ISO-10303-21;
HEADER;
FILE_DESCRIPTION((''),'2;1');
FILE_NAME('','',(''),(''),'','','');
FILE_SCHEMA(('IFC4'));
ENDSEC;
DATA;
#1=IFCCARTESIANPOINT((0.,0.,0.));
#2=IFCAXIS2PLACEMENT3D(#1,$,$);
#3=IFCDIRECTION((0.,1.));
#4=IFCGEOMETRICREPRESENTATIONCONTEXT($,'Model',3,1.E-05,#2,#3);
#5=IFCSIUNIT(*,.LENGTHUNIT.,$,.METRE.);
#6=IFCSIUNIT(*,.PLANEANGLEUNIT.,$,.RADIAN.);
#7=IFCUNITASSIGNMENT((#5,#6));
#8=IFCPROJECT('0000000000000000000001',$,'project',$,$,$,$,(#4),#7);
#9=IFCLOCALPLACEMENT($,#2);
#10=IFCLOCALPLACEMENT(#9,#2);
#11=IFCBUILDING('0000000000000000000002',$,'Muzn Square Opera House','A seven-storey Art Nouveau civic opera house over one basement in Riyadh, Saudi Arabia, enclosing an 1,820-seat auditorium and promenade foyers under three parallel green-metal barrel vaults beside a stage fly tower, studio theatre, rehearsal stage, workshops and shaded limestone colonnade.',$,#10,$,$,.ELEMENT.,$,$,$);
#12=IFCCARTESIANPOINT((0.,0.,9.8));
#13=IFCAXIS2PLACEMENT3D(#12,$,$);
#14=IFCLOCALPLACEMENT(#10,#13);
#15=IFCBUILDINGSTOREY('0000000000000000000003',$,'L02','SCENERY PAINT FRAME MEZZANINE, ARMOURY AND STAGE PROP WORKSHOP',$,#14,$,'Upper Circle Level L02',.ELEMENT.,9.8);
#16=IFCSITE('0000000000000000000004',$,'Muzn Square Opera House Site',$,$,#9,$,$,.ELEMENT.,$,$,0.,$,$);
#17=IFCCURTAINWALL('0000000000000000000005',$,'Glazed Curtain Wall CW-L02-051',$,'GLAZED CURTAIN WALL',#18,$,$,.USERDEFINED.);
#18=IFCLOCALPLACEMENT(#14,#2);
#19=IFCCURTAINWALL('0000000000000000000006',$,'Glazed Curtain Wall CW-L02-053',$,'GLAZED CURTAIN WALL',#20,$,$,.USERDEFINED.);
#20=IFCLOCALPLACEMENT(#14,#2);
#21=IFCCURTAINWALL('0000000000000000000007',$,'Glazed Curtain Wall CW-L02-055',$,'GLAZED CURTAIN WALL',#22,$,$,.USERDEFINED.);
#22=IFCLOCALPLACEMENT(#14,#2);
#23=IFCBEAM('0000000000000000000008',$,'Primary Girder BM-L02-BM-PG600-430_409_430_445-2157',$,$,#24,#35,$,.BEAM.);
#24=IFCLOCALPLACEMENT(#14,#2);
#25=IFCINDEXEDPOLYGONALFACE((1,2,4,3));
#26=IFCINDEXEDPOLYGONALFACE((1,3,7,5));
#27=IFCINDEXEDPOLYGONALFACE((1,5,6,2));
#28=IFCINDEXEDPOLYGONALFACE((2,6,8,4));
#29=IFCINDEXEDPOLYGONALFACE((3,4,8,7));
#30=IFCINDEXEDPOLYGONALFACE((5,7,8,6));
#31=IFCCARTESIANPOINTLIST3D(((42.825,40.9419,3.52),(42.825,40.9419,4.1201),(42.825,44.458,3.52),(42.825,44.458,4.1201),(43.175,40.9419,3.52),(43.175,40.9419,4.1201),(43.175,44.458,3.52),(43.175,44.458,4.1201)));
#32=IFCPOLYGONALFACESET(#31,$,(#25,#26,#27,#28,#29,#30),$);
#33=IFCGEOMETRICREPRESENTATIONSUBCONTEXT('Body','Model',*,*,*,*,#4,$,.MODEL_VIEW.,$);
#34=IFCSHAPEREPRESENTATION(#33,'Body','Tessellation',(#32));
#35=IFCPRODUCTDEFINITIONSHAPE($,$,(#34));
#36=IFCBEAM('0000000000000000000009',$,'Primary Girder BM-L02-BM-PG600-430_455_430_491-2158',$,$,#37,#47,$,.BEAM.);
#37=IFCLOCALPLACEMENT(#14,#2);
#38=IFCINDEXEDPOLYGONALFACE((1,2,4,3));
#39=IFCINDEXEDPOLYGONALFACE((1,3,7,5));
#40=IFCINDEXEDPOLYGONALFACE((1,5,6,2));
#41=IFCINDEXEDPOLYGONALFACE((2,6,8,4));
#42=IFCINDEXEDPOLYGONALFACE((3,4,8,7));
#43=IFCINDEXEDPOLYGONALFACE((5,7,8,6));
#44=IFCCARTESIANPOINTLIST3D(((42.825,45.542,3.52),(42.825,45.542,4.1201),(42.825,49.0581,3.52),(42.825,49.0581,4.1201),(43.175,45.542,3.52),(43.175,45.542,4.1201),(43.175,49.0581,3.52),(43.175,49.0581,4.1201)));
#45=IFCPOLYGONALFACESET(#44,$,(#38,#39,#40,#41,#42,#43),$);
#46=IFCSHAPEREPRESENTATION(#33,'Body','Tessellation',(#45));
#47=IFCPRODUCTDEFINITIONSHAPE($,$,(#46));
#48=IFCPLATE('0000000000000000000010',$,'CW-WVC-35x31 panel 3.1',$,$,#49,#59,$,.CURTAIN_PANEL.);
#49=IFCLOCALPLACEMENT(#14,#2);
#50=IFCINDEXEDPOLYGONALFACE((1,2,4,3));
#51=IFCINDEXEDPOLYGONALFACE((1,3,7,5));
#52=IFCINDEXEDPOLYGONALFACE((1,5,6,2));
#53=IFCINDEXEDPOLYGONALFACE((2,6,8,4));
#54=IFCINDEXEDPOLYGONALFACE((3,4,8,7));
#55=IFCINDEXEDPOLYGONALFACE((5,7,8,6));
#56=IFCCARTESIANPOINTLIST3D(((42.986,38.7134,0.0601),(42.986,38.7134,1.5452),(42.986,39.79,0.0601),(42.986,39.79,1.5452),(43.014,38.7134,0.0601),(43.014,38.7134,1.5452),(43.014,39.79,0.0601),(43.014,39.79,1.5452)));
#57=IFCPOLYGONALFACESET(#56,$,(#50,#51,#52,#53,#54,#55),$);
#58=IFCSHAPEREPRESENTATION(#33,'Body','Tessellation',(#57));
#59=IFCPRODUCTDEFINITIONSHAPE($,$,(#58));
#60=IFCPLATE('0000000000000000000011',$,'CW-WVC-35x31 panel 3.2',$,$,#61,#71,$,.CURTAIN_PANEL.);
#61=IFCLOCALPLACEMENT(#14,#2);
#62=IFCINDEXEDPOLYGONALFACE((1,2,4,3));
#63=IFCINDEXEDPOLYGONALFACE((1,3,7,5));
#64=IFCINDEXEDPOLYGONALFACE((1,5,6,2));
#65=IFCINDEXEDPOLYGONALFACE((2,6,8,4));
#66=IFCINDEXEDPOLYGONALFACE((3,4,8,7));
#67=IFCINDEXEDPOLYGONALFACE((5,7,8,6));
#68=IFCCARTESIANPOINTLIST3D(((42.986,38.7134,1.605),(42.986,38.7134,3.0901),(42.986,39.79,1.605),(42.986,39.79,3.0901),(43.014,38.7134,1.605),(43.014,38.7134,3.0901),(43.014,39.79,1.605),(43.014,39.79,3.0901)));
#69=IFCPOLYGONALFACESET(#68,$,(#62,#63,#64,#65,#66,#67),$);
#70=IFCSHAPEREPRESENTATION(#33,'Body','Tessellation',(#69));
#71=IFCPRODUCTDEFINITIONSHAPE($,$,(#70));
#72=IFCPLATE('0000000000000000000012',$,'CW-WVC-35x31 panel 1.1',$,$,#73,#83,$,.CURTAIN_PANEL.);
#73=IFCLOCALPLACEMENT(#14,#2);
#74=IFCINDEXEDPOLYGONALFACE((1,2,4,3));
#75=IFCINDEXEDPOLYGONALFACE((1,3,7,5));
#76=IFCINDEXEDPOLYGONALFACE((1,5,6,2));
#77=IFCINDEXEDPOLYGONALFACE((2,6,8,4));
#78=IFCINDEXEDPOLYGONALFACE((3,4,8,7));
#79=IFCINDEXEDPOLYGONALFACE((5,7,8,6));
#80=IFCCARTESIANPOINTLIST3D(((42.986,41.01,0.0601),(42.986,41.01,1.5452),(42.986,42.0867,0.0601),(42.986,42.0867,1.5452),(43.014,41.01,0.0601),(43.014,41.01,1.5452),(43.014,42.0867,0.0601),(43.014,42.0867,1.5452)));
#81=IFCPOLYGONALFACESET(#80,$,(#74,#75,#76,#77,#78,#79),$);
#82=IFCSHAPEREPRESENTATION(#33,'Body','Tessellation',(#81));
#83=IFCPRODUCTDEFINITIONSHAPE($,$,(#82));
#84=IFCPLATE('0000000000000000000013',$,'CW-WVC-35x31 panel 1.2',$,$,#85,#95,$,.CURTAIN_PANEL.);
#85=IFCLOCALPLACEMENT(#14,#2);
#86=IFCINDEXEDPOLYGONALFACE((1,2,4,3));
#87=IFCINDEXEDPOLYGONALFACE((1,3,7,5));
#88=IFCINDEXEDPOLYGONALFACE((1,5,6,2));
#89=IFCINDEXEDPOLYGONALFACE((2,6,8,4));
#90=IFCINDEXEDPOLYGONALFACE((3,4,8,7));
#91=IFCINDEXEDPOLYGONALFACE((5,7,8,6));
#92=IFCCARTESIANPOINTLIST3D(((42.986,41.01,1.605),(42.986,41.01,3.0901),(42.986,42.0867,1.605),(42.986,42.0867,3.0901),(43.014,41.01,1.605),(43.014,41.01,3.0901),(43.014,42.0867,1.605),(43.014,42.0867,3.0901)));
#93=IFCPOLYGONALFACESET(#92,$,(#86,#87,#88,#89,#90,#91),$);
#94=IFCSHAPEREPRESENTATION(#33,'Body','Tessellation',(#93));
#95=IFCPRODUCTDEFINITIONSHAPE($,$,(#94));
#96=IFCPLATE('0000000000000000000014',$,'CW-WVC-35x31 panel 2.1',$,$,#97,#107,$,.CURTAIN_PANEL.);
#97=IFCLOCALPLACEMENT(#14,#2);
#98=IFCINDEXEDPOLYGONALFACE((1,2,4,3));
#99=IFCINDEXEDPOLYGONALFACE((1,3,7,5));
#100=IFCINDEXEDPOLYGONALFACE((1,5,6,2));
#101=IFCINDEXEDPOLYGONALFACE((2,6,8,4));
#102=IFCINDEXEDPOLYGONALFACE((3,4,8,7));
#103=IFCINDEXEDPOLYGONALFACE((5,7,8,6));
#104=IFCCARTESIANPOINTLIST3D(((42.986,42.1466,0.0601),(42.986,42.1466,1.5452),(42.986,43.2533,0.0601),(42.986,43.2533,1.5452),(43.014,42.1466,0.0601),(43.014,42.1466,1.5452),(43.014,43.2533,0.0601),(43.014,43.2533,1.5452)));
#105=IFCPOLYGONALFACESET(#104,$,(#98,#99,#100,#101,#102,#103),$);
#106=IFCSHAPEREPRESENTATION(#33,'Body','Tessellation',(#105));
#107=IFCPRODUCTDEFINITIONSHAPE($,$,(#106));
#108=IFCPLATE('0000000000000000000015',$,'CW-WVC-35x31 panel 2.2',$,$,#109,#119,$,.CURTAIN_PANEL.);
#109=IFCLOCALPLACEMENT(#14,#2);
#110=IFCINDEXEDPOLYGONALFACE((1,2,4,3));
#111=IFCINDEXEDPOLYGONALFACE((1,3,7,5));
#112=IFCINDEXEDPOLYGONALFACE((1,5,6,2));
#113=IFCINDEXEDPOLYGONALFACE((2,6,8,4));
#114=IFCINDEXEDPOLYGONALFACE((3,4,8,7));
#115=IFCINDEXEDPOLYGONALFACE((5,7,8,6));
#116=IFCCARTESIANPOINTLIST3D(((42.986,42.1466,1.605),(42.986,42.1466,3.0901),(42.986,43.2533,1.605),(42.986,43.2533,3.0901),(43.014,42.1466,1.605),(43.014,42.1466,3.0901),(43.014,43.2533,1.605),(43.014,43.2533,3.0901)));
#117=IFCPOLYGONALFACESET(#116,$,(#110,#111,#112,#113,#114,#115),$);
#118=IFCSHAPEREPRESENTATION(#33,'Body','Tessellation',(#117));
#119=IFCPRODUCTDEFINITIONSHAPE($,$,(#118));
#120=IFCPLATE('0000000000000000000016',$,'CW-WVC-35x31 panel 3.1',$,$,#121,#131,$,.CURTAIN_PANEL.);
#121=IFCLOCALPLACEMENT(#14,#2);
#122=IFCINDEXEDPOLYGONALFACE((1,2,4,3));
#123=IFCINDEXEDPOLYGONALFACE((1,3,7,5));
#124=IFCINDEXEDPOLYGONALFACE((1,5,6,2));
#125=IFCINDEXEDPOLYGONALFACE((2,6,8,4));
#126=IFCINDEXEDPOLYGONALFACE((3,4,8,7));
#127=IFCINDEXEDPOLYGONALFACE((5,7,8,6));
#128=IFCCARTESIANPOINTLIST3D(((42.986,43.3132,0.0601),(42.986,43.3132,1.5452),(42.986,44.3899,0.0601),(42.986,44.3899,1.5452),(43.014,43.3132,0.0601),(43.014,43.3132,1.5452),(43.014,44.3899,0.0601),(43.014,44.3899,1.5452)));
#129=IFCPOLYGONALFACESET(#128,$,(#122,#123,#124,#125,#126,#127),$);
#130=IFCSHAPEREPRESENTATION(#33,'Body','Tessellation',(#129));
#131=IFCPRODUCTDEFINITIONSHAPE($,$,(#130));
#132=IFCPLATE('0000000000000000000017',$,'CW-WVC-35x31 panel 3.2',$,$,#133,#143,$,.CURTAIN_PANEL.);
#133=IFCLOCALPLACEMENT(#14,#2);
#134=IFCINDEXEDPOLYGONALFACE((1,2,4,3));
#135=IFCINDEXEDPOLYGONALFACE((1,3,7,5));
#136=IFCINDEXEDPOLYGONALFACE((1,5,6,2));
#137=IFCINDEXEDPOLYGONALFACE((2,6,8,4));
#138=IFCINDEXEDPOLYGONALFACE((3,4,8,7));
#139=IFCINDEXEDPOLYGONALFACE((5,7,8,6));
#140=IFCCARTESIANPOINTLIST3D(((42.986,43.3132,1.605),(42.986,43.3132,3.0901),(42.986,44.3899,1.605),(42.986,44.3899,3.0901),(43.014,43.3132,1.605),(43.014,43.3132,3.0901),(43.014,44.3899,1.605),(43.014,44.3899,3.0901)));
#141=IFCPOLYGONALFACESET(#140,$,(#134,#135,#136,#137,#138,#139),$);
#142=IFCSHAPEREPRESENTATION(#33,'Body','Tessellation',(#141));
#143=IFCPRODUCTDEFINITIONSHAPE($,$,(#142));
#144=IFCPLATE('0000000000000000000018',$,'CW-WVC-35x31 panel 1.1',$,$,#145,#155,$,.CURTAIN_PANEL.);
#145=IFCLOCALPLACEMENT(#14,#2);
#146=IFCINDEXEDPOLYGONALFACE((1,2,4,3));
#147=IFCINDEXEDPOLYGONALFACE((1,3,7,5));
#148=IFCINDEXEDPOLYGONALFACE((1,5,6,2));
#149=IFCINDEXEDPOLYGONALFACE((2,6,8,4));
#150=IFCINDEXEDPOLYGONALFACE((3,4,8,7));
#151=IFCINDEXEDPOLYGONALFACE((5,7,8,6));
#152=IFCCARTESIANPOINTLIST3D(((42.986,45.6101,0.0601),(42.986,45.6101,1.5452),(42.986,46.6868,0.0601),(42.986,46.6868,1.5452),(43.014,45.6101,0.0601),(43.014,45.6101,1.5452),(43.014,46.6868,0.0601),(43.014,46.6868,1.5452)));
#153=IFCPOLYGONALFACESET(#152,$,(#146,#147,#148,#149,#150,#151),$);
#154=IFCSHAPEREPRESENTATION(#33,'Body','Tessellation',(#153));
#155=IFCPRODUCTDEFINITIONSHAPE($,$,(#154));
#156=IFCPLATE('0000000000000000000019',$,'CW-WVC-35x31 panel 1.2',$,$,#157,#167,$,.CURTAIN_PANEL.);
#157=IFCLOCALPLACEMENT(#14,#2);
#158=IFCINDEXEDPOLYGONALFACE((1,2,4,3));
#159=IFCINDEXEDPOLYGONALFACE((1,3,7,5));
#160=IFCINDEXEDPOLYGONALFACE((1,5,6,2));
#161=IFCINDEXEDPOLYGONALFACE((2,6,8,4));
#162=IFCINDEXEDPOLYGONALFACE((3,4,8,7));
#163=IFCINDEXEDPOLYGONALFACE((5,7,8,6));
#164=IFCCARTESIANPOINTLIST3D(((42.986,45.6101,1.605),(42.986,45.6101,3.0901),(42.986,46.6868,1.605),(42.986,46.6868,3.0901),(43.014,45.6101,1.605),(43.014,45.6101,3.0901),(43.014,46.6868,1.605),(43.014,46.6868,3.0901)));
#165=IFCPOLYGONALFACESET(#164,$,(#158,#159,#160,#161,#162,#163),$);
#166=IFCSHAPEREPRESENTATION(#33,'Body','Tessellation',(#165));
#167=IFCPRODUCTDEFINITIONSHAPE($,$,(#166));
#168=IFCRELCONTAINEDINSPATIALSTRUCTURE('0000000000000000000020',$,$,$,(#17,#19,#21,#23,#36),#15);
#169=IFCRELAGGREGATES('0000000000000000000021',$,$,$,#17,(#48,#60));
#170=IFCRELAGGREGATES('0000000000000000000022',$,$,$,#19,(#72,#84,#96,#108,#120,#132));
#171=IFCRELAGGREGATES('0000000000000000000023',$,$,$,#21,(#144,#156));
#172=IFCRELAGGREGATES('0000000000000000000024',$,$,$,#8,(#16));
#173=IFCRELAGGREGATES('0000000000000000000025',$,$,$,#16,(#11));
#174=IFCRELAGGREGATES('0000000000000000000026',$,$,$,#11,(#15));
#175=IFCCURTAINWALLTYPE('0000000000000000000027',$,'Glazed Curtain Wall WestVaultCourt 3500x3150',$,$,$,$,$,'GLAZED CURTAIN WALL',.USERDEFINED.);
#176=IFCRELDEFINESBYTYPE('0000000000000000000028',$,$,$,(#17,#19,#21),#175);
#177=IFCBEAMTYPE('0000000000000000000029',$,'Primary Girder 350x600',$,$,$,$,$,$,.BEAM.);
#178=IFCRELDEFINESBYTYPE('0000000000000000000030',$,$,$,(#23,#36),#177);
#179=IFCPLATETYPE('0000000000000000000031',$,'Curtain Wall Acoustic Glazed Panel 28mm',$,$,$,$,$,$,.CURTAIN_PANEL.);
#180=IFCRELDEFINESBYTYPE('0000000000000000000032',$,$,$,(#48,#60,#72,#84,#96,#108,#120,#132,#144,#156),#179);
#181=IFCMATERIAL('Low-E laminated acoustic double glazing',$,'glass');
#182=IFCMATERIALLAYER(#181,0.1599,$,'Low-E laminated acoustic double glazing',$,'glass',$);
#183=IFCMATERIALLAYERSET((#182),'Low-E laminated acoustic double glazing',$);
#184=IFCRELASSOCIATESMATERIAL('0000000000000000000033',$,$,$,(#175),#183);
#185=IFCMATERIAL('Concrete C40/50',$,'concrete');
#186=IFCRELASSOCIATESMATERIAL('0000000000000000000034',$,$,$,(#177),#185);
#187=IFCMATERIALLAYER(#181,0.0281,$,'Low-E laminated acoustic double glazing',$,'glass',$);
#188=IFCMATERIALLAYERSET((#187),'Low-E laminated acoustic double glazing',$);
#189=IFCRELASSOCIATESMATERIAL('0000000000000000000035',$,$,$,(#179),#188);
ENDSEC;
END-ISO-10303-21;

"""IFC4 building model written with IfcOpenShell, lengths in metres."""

from ifc_helpers import new_model, si_unit, direction, frame, origin, origin_2d, place, context, subcontext, project, spatial, rectangle, extrude, material, layer, layer_set, material_profile, profile_set, type_object, element, aggregate, save


model = new_model("IFC4")

# Units and contexts
model_context = context("Model", 3, precision=1e-05, world=origin(), true_north=direction((0.0, 1.0)))
body_context = subcontext(model_context, "Body", "Model", "MODEL_VIEW")
ifc_project = project(units=[si_unit("LENGTHUNIT", "METRE"), si_unit("PLANEANGLEUNIT", "RADIAN")], contexts=[model_context])

# Site, building, storey
site_placement = place(None, origin())
site = spatial("IfcSite", under=ifc_project, at=site_placement, Name="Muzn Square Opera House Site", CompositionType="ELEMENT", RefElevation=0.0)
building_placement = place(site_placement, origin())
building = spatial("IfcBuilding", under=site, at=building_placement, Name="Muzn Square Opera House", Description="A seven-storey Art Nouveau civic opera house over one basement in Riyadh, Saudi Arabia, enclosing an 1,820-seat auditorium and promenade foyers under three parallel green-metal barrel vaults beside a stage fly tower, studio theatre, rehearsal stage, workshops and shaded limestone colonnade.", CompositionType="ELEMENT")
storey_placement = place(building_placement, frame((0.0, 0.0, 9.8)))
storey = spatial("IfcBuildingStorey", under=building, at=storey_placement, Name="L02", Description="SCENERY PAINT FRAME MEZZANINE, ARMOURY AND STAGE PROP WORKSHOP", LongName="Upper Circle Level L02", CompositionType="ELEMENT", Elevation=9.8)

# Curtain wall
ifc_material_1 = material(Name="Low-E laminated acoustic double glazing", Category="glass")
ifc_layer_1 = layer(ifc_material_1, 0.1599, Name="Low-E laminated acoustic double glazing", Category="glass")
ifc_layer_set_1 = layer_set([ifc_layer_1], Name="Low-E laminated acoustic double glazing")
curtain_wall_type = type_object("IfcCurtainWallType", Name="Glazed Curtain Wall WestVaultCourt 3500x3150", ElementType="GLAZED CURTAIN WALL", PredefinedType="USERDEFINED", material=ifc_layer_set_1)
curtain_wall_1_placement = place(storey_placement, origin())
curtain_wall_1 = element("IfcCurtainWall", 1, at=curtain_wall_1_placement, inside=storey, type_object=curtain_wall_type, Name="Glazed Curtain Wall CW-L02-051", ObjectType="GLAZED CURTAIN WALL", PredefinedType="USERDEFINED")

# Curtain walls
curtain_wall_2_placement = place(storey_placement, origin())
curtain_wall_2 = element("IfcCurtainWall", 2, at=curtain_wall_2_placement, inside=storey, type_object=curtain_wall_type, Name="Glazed Curtain Wall CW-L02-053", ObjectType="GLAZED CURTAIN WALL", PredefinedType="USERDEFINED")
curtain_wall_3_placement = place(storey_placement, origin())
curtain_wall_3 = element("IfcCurtainWall", 3, at=curtain_wall_3_placement, inside=storey, type_object=curtain_wall_type, Name="Glazed Curtain Wall CW-L02-055", ObjectType="GLAZED CURTAIN WALL", PredefinedType="USERDEFINED")

# Beams
ifc_material_2 = material(Name="Concrete C40/50", Category="concrete")
ifc_material_profile_1 = material_profile(ifc_material_2, rectangle(XDim=0.3501, YDim=0.6001, at=origin_2d()), Name="RCB 350x600", Category="concrete")
ifc_profile_set_1 = profile_set([ifc_material_profile_1], Name="Concrete C40/50")
beam_type = type_object("IfcBeamType", Name="Primary Girder 350x600", PredefinedType="BEAM", material=ifc_profile_set_1)
for number, where, z_axis, x_axis, name in (
    (4, (43.0, 40.9419, 3.8201), (0.0, 1.0, 0.0), (-1.0, 0.0, 0.0), "Primary Girder BM-L02-BM-PG600-430_409_430_445-2157"),
    (5, (43.0, 45.542, 3.8201), (0.0, 1.0, 0.0), (-1.0, 0.0, 0.0), "Primary Girder BM-L02-BM-PG600-430_455_430_491-2158"),
):
    element("IfcBeam", number, at=place(storey_placement, frame(where, z_axis=z_axis, x_axis=x_axis)), inside=storey, type_object=beam_type, Name=name, PredefinedType="BEAM", context=body_context, shape_type="SweptSolid", body=[
        extrude(rectangle(XDim=0.3501, YDim=0.6001, at=origin_2d()), origin(), (0.0, 0.0, 1.0), 3.5161),
    ])

# Plates
ifc_layer_2 = layer(ifc_material_1, 0.0281, Name="Low-E laminated acoustic double glazing", Category="glass")
ifc_layer_set_2 = layer_set([ifc_layer_2], Name="Low-E laminated acoustic double glazing")
plate_type = type_object("IfcPlateType", Name="Curtain Wall Acoustic Glazed Panel 28mm", PredefinedType="CURTAIN_PANEL", material=ifc_layer_set_2)
plate_1_placement = place(storey_placement, frame((43.0, 39.2517, 0.0601), z_axis=(0.0, 0.0, 1.0), x_axis=(0.0, 1.0, 0.0)))
plate_1 = element("IfcPlate", 6, at=plate_1_placement, type_object=plate_type, Name="CW-WVC-35x31 panel 3.1", PredefinedType="CURTAIN_PANEL", context=body_context, shape_type="SweptSolid", body=[
    extrude(rectangle(XDim=1.0767, YDim=0.0281, at=origin_2d()), origin(), (0.0, 0.0, 1.0), 1.4851),
])
plate_2_placement = place(storey_placement, frame((43.0, 39.2517, 1.605), z_axis=(0.0, 0.0, 1.0), x_axis=(0.0, 1.0, 0.0)))
plate_2 = element("IfcPlate", 7, at=plate_2_placement, type_object=plate_type, Name="CW-WVC-35x31 panel 3.2", PredefinedType="CURTAIN_PANEL", context=body_context, shape_type="SweptSolid", body=[
    extrude(rectangle(XDim=1.0767, YDim=0.0281, at=origin_2d()), origin(), (0.0, 0.0, 1.0), 1.4851),
])
aggregate(curtain_wall_1, [plate_1, plate_2])
plate_3_placement = place(storey_placement, frame((43.0, 41.5483, 0.0601), z_axis=(0.0, 0.0, 1.0), x_axis=(0.0, 1.0, 0.0)))
plate_3 = element("IfcPlate", 8, at=plate_3_placement, type_object=plate_type, Name="CW-WVC-35x31 panel 1.1", PredefinedType="CURTAIN_PANEL", context=body_context, shape_type="SweptSolid", body=[
    extrude(rectangle(XDim=1.0767, YDim=0.0281, at=origin_2d()), origin(), (0.0, 0.0, 1.0), 1.4851),
])
plate_4_placement = place(storey_placement, frame((43.0, 41.5483, 1.605), z_axis=(0.0, 0.0, 1.0), x_axis=(0.0, 1.0, 0.0)))
plate_4 = element("IfcPlate", 9, at=plate_4_placement, type_object=plate_type, Name="CW-WVC-35x31 panel 1.2", PredefinedType="CURTAIN_PANEL", context=body_context, shape_type="SweptSolid", body=[
    extrude(rectangle(XDim=1.0767, YDim=0.0281, at=origin_2d()), origin(), (0.0, 0.0, 1.0), 1.4851),
])
plate_5_placement = place(storey_placement, frame((43.0, 42.7, 0.0601), z_axis=(0.0, 0.0, 1.0), x_axis=(0.0, 1.0, 0.0)))
plate_5 = element("IfcPlate", 10, at=plate_5_placement, type_object=plate_type, Name="CW-WVC-35x31 panel 2.1", PredefinedType="CURTAIN_PANEL", context=body_context, shape_type="SweptSolid", body=[
    extrude(rectangle(XDim=1.1067, YDim=0.0281, at=origin_2d()), origin(), (0.0, 0.0, 1.0), 1.4851),
])
plate_6_placement = place(storey_placement, frame((43.0, 42.7, 1.605), z_axis=(0.0, 0.0, 1.0), x_axis=(0.0, 1.0, 0.0)))
plate_6 = element("IfcPlate", 11, at=plate_6_placement, type_object=plate_type, Name="CW-WVC-35x31 panel 2.2", PredefinedType="CURTAIN_PANEL", context=body_context, shape_type="SweptSolid", body=[
    extrude(rectangle(XDim=1.1067, YDim=0.0281, at=origin_2d()), origin(), (0.0, 0.0, 1.0), 1.4851),
])
plate_7_placement = place(storey_placement, frame((43.0, 43.8516, 0.0601), z_axis=(0.0, 0.0, 1.0), x_axis=(0.0, 1.0, 0.0)))
plate_7 = element("IfcPlate", 12, at=plate_7_placement, type_object=plate_type, Name="CW-WVC-35x31 panel 3.1", PredefinedType="CURTAIN_PANEL", context=body_context, shape_type="SweptSolid", body=[
    extrude(rectangle(XDim=1.0767, YDim=0.0281, at=origin_2d()), origin(), (0.0, 0.0, 1.0), 1.4851),
])
plate_8_placement = place(storey_placement, frame((43.0, 43.8516, 1.605), z_axis=(0.0, 0.0, 1.0), x_axis=(0.0, 1.0, 0.0)))
plate_8 = element("IfcPlate", 13, at=plate_8_placement, type_object=plate_type, Name="CW-WVC-35x31 panel 3.2", PredefinedType="CURTAIN_PANEL", context=body_context, shape_type="SweptSolid", body=[
    extrude(rectangle(XDim=1.0767, YDim=0.0281, at=origin_2d()), origin(), (0.0, 0.0, 1.0), 1.4851),
])
aggregate(curtain_wall_2, [plate_3, plate_4, plate_5, plate_6, plate_7, plate_8])
plate_9_placement = place(storey_placement, frame((43.0, 46.1484, 0.0601), z_axis=(0.0, 0.0, 1.0), x_axis=(0.0, 1.0, 0.0)))
plate_9 = element("IfcPlate", 14, at=plate_9_placement, type_object=plate_type, Name="CW-WVC-35x31 panel 1.1", PredefinedType="CURTAIN_PANEL", context=body_context, shape_type="SweptSolid", body=[
    extrude(rectangle(XDim=1.0767, YDim=0.0281, at=origin_2d()), origin(), (0.0, 0.0, 1.0), 1.4851),
])
plate_10_placement = place(storey_placement, frame((43.0, 46.1484, 1.605), z_axis=(0.0, 0.0, 1.0), x_axis=(0.0, 1.0, 0.0)))
plate_10 = element("IfcPlate", 15, at=plate_10_placement, type_object=plate_type, Name="CW-WVC-35x31 panel 1.2", PredefinedType="CURTAIN_PANEL", context=body_context, shape_type="SweptSolid", body=[
    extrude(rectangle(XDim=1.0767, YDim=0.0281, at=origin_2d()), origin(), (0.0, 0.0, 1.0), 1.4851),
])
aggregate(curtain_wall_3, [plate_9, plate_10])

save(model, "model.ifc")
